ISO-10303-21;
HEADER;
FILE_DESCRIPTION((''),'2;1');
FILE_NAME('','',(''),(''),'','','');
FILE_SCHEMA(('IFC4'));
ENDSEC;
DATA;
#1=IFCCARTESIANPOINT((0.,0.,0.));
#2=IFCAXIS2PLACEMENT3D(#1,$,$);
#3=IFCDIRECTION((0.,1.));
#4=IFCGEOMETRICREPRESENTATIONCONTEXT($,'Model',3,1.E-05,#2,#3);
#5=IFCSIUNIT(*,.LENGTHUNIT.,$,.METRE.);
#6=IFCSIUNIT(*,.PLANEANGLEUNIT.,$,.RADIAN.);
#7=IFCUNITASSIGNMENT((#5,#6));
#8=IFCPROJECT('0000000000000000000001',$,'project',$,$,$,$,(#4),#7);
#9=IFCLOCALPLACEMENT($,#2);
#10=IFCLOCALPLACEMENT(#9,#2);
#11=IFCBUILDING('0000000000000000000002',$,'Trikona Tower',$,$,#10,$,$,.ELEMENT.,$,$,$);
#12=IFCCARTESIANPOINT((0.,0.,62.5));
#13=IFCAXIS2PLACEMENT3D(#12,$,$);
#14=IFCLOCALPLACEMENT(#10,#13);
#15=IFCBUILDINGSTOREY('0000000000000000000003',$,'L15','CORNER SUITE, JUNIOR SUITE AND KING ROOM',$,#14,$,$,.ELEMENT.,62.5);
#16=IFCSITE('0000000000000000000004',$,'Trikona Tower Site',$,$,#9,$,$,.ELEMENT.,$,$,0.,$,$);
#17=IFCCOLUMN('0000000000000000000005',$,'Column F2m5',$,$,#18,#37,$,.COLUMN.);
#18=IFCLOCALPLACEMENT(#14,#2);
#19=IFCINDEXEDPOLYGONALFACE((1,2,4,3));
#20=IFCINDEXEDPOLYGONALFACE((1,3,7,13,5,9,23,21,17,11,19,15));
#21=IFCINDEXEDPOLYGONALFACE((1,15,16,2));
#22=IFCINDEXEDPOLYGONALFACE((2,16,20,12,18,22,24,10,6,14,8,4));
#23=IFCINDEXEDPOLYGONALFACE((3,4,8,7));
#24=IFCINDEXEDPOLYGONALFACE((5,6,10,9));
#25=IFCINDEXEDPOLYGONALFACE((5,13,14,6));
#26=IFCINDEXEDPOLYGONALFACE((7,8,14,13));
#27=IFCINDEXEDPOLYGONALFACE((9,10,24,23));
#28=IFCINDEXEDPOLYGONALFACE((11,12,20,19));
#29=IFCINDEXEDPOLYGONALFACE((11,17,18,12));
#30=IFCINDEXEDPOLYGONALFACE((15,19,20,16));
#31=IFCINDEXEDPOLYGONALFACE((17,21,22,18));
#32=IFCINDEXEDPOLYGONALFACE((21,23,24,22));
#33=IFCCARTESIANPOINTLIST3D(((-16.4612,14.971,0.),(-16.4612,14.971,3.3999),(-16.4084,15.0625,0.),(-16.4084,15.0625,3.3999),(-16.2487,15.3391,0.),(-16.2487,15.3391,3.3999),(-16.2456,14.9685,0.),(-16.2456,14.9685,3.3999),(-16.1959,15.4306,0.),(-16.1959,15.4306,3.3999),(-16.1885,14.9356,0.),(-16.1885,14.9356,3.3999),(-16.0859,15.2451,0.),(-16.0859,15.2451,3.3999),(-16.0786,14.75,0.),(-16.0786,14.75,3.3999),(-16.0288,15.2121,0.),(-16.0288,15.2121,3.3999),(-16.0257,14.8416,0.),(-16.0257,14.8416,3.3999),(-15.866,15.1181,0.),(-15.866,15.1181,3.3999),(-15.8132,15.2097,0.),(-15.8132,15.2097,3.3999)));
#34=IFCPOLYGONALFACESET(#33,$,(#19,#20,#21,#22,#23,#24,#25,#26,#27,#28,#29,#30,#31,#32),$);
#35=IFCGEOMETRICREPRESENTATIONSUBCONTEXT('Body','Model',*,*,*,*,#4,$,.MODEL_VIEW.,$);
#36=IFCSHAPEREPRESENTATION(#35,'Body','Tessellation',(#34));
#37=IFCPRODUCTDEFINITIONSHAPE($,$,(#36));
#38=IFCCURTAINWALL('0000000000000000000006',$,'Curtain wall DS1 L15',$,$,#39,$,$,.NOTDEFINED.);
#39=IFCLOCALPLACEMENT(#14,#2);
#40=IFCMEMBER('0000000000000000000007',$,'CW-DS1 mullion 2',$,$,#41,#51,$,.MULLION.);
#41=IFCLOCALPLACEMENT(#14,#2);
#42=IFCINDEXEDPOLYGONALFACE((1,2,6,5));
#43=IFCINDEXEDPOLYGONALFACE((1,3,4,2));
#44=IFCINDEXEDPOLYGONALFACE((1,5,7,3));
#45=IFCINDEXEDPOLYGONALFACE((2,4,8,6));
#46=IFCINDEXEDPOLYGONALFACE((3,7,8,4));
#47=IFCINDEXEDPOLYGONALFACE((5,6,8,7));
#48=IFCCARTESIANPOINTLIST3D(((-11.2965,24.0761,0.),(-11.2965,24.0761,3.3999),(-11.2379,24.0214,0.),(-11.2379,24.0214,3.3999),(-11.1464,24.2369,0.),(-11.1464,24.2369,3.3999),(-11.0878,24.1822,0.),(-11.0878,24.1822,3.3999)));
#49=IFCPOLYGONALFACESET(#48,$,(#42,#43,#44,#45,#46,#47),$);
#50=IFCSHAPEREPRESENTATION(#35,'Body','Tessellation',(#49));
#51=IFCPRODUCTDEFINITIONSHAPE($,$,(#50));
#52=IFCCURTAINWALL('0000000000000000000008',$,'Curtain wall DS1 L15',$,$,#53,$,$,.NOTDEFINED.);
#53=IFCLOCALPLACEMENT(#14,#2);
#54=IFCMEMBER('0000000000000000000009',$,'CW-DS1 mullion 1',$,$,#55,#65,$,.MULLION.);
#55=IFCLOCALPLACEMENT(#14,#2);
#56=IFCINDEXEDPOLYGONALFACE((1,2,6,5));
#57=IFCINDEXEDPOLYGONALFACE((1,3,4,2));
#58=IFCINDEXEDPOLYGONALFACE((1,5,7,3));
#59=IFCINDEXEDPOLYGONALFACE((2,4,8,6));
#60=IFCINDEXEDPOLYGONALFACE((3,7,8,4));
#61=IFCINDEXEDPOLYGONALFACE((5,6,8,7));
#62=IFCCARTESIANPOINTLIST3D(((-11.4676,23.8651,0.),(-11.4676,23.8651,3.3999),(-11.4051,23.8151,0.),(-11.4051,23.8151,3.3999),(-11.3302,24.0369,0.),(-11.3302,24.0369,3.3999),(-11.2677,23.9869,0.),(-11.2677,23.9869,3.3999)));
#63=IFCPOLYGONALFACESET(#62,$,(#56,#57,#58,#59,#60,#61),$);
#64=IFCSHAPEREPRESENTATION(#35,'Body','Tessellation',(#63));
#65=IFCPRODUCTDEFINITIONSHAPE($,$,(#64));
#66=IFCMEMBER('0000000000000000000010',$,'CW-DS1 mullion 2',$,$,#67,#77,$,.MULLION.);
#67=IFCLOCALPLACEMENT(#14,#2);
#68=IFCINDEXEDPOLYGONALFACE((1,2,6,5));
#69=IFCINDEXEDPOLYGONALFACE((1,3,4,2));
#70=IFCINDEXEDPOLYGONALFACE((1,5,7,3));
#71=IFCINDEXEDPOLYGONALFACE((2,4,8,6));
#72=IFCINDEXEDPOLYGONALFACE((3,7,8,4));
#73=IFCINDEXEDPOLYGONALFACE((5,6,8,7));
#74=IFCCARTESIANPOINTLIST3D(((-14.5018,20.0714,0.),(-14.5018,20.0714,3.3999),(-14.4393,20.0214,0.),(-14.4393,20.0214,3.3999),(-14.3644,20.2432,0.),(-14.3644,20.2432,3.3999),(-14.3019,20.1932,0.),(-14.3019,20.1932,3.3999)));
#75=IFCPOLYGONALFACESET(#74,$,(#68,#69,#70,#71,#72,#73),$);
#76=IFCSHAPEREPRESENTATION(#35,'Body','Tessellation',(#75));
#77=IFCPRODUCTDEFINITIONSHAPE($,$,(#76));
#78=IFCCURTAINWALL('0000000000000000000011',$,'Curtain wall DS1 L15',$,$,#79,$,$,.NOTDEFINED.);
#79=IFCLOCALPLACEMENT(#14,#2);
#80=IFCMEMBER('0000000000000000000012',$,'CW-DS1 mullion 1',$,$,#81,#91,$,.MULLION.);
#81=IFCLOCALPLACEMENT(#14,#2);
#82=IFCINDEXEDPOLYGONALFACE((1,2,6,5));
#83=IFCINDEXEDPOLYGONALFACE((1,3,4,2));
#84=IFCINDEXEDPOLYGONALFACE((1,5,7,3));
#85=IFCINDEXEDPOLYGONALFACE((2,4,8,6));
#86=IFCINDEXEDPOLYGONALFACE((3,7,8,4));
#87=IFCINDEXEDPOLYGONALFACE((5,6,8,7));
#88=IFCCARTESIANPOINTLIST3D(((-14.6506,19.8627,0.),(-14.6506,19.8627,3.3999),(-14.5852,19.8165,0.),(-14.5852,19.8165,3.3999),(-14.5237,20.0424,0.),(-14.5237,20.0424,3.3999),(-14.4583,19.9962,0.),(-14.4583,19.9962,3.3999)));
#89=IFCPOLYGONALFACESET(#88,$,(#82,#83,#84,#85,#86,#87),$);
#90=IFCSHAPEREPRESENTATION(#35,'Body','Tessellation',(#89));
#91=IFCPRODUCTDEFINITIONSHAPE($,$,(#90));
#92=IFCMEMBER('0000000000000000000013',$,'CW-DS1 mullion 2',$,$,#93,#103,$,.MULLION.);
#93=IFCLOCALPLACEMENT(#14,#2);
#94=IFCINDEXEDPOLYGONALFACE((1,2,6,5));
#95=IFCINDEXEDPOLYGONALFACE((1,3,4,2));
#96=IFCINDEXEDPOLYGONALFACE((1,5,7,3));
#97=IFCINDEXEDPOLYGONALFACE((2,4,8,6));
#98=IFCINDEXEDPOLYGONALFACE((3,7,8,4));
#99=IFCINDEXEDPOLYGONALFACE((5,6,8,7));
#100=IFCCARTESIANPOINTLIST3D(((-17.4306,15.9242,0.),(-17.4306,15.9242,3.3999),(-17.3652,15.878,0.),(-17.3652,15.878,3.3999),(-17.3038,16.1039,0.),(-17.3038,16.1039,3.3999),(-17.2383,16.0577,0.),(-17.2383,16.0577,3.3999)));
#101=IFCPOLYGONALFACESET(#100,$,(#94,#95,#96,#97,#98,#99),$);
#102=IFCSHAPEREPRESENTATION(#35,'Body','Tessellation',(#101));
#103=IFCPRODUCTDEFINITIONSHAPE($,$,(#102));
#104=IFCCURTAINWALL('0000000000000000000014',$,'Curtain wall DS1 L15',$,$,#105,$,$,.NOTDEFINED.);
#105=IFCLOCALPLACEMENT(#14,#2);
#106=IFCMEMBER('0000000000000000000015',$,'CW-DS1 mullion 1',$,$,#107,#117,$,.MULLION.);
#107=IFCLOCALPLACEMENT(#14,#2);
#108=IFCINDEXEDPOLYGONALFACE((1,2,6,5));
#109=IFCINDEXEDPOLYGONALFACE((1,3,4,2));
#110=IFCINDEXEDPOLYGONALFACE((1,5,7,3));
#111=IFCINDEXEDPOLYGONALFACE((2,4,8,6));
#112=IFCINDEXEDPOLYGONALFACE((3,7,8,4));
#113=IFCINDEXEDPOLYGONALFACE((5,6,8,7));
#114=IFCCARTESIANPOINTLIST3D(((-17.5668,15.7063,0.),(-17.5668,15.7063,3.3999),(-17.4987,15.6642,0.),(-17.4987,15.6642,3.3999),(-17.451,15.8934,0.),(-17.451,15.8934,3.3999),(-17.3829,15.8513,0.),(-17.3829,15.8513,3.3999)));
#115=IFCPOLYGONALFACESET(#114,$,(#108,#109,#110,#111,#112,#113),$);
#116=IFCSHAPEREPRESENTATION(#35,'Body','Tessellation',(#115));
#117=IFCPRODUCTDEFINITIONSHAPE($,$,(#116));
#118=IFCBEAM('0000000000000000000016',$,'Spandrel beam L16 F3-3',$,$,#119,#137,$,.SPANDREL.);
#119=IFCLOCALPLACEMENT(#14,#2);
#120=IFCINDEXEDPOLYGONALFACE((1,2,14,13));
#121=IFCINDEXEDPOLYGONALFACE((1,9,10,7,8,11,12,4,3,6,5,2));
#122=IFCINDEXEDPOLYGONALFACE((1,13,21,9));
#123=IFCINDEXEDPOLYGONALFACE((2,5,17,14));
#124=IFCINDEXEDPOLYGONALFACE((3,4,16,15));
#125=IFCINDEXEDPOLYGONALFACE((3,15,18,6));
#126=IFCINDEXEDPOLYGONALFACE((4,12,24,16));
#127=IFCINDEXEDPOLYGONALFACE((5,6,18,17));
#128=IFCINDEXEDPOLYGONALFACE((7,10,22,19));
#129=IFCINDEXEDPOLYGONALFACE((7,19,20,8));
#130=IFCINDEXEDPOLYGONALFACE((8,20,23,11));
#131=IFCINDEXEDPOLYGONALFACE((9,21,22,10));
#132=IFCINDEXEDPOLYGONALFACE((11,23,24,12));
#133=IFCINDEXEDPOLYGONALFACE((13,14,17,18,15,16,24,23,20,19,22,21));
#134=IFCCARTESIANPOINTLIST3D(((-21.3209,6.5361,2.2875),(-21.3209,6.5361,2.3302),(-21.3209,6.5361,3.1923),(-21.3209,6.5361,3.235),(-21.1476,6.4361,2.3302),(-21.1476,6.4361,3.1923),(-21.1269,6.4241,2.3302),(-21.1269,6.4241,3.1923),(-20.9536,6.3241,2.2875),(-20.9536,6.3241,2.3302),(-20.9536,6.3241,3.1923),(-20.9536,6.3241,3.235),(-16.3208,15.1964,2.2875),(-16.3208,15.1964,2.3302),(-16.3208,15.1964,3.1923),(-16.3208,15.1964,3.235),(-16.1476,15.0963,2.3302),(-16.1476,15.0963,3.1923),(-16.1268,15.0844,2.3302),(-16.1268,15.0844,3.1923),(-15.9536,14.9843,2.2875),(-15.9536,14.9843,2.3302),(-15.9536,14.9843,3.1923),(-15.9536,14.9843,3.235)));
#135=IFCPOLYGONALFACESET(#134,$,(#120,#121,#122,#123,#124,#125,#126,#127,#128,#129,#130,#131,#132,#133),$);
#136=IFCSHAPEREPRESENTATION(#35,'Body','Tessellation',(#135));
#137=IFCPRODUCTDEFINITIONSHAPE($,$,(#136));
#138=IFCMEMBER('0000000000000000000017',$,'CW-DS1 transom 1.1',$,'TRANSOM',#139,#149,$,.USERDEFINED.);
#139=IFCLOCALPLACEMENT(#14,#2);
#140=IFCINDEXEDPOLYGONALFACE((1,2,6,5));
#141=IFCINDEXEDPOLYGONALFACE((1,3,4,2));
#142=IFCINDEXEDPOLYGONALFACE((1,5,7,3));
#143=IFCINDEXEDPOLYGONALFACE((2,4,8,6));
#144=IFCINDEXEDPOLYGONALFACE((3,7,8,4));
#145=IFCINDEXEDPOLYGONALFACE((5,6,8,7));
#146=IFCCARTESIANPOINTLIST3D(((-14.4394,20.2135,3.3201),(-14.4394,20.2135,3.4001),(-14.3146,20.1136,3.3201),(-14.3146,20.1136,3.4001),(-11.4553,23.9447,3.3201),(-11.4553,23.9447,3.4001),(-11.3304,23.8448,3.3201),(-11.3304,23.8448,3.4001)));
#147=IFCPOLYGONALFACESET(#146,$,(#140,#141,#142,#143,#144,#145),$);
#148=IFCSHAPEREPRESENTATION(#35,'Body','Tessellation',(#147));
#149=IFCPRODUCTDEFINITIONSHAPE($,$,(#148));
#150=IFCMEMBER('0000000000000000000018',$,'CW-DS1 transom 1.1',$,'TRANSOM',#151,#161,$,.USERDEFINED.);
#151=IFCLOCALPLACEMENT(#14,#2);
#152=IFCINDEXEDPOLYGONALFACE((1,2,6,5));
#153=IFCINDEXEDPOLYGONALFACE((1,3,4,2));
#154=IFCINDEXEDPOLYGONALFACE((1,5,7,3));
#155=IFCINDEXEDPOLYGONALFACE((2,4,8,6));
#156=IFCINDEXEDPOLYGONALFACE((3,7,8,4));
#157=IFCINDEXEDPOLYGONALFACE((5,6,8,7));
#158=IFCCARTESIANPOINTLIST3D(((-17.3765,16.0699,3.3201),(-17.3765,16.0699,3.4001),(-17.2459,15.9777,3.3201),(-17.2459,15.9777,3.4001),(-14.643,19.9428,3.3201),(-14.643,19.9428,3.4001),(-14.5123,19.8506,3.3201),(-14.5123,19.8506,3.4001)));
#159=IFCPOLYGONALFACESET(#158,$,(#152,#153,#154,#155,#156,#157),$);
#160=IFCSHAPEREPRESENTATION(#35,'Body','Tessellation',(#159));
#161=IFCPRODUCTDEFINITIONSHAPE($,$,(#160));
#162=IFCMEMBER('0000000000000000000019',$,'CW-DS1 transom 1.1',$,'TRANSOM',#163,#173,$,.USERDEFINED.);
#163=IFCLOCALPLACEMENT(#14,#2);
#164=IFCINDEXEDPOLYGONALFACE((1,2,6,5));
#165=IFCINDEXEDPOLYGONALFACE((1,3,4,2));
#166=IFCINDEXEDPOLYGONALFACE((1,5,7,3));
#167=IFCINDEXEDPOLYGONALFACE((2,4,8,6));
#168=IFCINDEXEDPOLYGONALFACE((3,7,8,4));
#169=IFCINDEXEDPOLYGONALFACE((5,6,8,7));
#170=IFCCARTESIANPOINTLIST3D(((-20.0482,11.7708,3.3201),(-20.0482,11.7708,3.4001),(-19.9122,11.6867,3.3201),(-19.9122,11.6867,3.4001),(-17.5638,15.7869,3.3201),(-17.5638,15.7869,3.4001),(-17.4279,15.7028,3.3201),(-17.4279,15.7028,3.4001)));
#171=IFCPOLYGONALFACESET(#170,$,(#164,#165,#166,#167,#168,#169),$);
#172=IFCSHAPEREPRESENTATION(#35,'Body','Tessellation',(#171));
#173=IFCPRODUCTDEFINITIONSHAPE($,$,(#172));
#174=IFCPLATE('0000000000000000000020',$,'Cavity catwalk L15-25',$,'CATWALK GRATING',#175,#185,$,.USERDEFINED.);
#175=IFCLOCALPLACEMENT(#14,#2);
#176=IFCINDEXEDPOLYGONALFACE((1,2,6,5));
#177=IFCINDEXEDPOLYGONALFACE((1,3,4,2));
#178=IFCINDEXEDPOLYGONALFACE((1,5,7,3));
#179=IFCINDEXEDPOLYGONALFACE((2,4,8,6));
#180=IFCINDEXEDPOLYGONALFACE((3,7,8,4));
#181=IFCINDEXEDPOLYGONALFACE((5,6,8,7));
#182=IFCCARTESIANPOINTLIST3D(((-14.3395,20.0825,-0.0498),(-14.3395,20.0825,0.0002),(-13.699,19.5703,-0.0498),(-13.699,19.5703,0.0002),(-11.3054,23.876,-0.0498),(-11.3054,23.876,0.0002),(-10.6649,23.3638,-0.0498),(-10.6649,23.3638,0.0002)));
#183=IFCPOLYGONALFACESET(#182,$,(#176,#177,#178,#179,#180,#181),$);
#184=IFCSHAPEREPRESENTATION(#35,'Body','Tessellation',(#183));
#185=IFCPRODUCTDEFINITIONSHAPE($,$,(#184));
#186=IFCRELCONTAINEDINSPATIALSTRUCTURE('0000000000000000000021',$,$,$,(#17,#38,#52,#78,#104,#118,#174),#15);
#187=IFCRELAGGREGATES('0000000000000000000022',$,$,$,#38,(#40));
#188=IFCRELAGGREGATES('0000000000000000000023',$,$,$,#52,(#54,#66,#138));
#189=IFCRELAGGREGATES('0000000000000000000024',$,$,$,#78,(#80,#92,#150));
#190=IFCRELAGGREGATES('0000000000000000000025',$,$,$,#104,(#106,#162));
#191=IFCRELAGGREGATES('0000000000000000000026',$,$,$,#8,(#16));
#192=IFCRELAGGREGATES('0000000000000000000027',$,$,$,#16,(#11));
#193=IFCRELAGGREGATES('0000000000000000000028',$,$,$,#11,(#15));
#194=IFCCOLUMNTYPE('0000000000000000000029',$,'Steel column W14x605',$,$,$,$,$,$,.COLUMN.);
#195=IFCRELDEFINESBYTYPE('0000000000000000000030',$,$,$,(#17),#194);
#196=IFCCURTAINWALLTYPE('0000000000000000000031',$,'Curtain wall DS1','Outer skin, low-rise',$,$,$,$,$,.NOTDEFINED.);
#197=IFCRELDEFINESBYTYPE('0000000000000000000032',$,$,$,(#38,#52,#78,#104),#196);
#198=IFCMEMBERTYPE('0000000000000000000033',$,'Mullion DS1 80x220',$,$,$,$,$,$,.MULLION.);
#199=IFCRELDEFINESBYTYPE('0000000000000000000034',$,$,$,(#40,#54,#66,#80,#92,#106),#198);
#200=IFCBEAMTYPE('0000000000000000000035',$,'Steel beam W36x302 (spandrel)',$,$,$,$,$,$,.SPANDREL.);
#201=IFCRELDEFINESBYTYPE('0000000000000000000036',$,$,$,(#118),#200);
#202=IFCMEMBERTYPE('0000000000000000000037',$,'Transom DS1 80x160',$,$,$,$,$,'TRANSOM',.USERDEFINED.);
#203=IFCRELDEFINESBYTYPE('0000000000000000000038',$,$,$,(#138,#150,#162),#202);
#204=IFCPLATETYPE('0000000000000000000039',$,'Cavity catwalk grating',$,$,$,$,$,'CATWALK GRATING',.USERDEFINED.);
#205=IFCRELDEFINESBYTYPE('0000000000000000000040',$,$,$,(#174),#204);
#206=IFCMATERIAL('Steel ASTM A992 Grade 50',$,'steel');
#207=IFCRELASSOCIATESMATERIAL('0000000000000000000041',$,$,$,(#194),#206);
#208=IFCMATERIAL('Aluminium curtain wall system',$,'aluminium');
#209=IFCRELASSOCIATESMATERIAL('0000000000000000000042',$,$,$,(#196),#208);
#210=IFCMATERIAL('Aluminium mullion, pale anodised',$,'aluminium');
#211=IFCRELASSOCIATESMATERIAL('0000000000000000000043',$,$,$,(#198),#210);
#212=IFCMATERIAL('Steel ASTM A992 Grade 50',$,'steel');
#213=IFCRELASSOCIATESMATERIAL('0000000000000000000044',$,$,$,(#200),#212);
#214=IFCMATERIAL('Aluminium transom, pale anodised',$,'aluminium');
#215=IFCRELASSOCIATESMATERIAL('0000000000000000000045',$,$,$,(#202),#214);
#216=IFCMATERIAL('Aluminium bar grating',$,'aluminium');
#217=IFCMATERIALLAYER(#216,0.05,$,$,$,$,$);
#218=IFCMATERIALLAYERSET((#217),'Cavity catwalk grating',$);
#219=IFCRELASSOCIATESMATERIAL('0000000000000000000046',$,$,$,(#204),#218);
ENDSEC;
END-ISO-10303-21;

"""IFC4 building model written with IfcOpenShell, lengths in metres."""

from ifc_helpers import new_model, si_unit, direction, frame, origin, origin_2d, place, context, subcontext, project, spatial, rectangle, i_section, extrude, material, layer, layer_set, material_profile, profile_set, type_object, element, aggregate, save


model = new_model("IFC4")

# Units and contexts
model_context = context("Model", 3, precision=1e-05, world=origin(), true_north=direction((0.0, 1.0)))
body_context = subcontext(model_context, "Body", "Model", "MODEL_VIEW")
ifc_project = project(units=[si_unit("LENGTHUNIT", "METRE"), si_unit("PLANEANGLEUNIT", "RADIAN")], contexts=[model_context])

# Site, building, storey
site_placement = place(None, origin())
site = spatial("IfcSite", under=ifc_project, at=site_placement, Name="Trikona Tower Site", CompositionType="ELEMENT", RefElevation=0.0)
building_placement = place(site_placement, origin())
building = spatial("IfcBuilding", under=site, at=building_placement, Name="Trikona Tower", CompositionType="ELEMENT")
storey_placement = place(building_placement, frame((0.0, 0.0, 62.5)))
storey = spatial("IfcBuildingStorey", under=building, at=storey_placement, Name="L15", Description="CORNER SUITE, JUNIOR SUITE AND KING ROOM", CompositionType="ELEMENT", Elevation=62.5)

# Column
ifc_material_1 = material(Name="Steel ASTM A992 Grade 50", Category="steel")
ifc_material_profile_1 = material_profile(ifc_material_1, i_section(OverallWidth=0.4419, OverallDepth=0.5308, WebThickness=0.0659, FlangeThickness=0.1057, at=origin_2d()), Name="W14X605")
ifc_profile_set_1 = profile_set([ifc_material_profile_1], Name="Steel ASTM A992 Grade 50")
column_type = type_object("IfcColumnType", Name="Steel column W14x605", PredefinedType="COLUMN", material=ifc_profile_set_1)
column_placement = place(storey_placement, frame((-16.1372, 15.0903, 0.0), z_axis=(0.0, 0.0, 1.0), x_axis=(-0.866025, 0.5, 0.0)))
element("IfcColumn", 1, at=column_placement, inside=storey, type_object=column_type, Name="Column F2m5", PredefinedType="COLUMN", context=body_context, shape_type="SweptSolid", body=[
    extrude(i_section(OverallWidth=0.4419, OverallDepth=0.5308, WebThickness=0.0659, FlangeThickness=0.1057, at=origin_2d()), origin(), (0.0, 0.0, 1.0), 3.3999),
])

# Curtain wall, member
ifc_material_2 = material(Name="Aluminium curtain wall system", Category="aluminium")
curtain_wall_type = type_object("IfcCurtainWallType", Name="Curtain wall DS1", Description="Outer skin, low-rise", PredefinedType="NOTDEFINED", material=ifc_material_2)
curtain_wall_1_placement = place(storey_placement, origin())
curtain_wall_1 = element("IfcCurtainWall", 2, at=curtain_wall_1_placement, inside=storey, type_object=curtain_wall_type, Name="Curtain wall DS1 L15", PredefinedType="NOTDEFINED")
ifc_material_3 = material(Name="Aluminium mullion, pale anodised", Category="aluminium")
ifc_material_profile_2 = material_profile(ifc_material_3, rectangle(XDim=0.0801, YDim=0.22, at=origin_2d()), Name="MUL-DS1")
ifc_profile_set_2 = profile_set([ifc_material_profile_2], Name="Aluminium mullion, pale anodised")
member_type_1 = type_object("IfcMemberType", Name="Mullion DS1 80x220", PredefinedType="MULLION", material=ifc_profile_set_2)
member_1_placement = place(storey_placement, frame((-11.1921, 24.1292, 0.0), z_axis=(0.0, 0.0, 1.0), x_axis=(0.731077, -0.682295, 0.0)))
member_1 = element("IfcMember", 3, at=member_1_placement, type_object=member_type_1, Name="CW-DS1 mullion 2", PredefinedType="MULLION", context=body_context, shape_type="SweptSolid", body=[
    extrude(rectangle(XDim=0.0801, YDim=0.22, at=origin_2d()), origin(), (0.0, 0.0, 1.0), 3.3999),
])
aggregate(curtain_wall_1, [member_1])

# Curtain walls, members
curtain_wall_2_placement = place(storey_placement, origin())
curtain_wall_2 = element("IfcCurtainWall", 4, at=curtain_wall_2_placement, inside=storey, type_object=curtain_wall_type, Name="Curtain wall DS1 L15", PredefinedType="NOTDEFINED")
member_2_placement = place(storey_placement, frame((-11.3677, 23.926, 0.0), z_axis=(0.0, 0.0, 1.0), x_axis=(0.780938, -0.624609, 0.0)))
member_2 = element("IfcMember", 5, at=member_2_placement, type_object=member_type_1, Name="CW-DS1 mullion 1", PredefinedType="MULLION", context=body_context, shape_type="SweptSolid", body=[
    extrude(rectangle(XDim=0.0801, YDim=0.22, at=origin_2d()), origin(), (0.0, 0.0, 1.0), 3.3999),
])
member_3_placement = place(storey_placement, frame((-14.4019, 20.1323, 0.0), z_axis=(0.0, 0.0, 1.0), x_axis=(0.780938, -0.624609, 0.0)))
member_3 = element("IfcMember", 6, at=member_3_placement, type_object=member_type_1, Name="CW-DS1 mullion 2", PredefinedType="MULLION", context=body_context, shape_type="SweptSolid", body=[
    extrude(rectangle(XDim=0.0801, YDim=0.22, at=origin_2d()), origin(), (0.0, 0.0, 1.0), 3.3999),
])
curtain_wall_3_placement = place(storey_placement, origin())
curtain_wall_3 = element("IfcCurtainWall", 7, at=curtain_wall_3_placement, inside=storey, type_object=curtain_wall_type, Name="Curtain wall DS1 L15", PredefinedType="NOTDEFINED")
member_4_placement = place(storey_placement, frame((-14.5544, 19.9294, 0.0), z_axis=(0.0, 0.0, 1.0), x_axis=(0.816985, -0.576658, 0.0)))
member_4 = element("IfcMember", 8, at=member_4_placement, type_object=member_type_1, Name="CW-DS1 mullion 1", PredefinedType="MULLION", context=body_context, shape_type="SweptSolid", body=[
    extrude(rectangle(XDim=0.0801, YDim=0.22, at=origin_2d()), origin(), (0.0, 0.0, 1.0), 3.3999),
])
member_5_placement = place(storey_placement, frame((-17.3345, 15.991, 0.0), z_axis=(0.0, 0.0, 1.0), x_axis=(0.816985, -0.576658, 0.0)))
member_5 = element("IfcMember", 9, at=member_5_placement, type_object=member_type_1, Name="CW-DS1 mullion 2", PredefinedType="MULLION", context=body_context, shape_type="SweptSolid", body=[
    extrude(rectangle(XDim=0.0801, YDim=0.22, at=origin_2d()), origin(), (0.0, 0.0, 1.0), 3.3999),
])

# Curtain wall, member
curtain_wall_4_placement = place(storey_placement, origin())
curtain_wall_4 = element("IfcCurtainWall", 10, at=curtain_wall_4_placement, inside=storey, type_object=curtain_wall_type, Name="Curtain wall DS1 L15", PredefinedType="NOTDEFINED")
member_6_placement = place(storey_placement, frame((-17.4749, 15.7788, 0.0), z_axis=(0.0, 0.0, 1.0), x_axis=(0.85041, -0.52612, 0.0)))
member_6 = element("IfcMember", 11, at=member_6_placement, type_object=member_type_1, Name="CW-DS1 mullion 1", PredefinedType="MULLION", context=body_context, shape_type="SweptSolid", body=[
    extrude(rectangle(XDim=0.0801, YDim=0.22, at=origin_2d()), origin(), (0.0, 0.0, 1.0), 3.3999),
])

# Beam
ifc_material_4 = material(Name="Steel ASTM A992 Grade 50", Category="steel")
ifc_material_profile_3 = material_profile(ifc_material_4, i_section(OverallWidth=0.4241, OverallDepth=0.9475, WebThickness=0.0239, FlangeThickness=0.0427, at=origin_2d()), Name="W36X302")
ifc_profile_set_3 = profile_set([ifc_material_profile_3], Name="Steel ASTM A992 Grade 50")
beam_type = type_object("IfcBeamType", Name="Steel beam W36x302 (spandrel)", PredefinedType="SPANDREL", material=ifc_profile_set_3)
beam_placement = place(storey_placement, frame((-16.1372, 15.0903, 2.7612), z_axis=(-0.500004, -0.866023, 0.0), x_axis=(0.866023, -0.500004, 0.0)))
element("IfcBeam", 12, at=beam_placement, inside=storey, type_object=beam_type, Name="Spandrel beam L16 F3-3", PredefinedType="SPANDREL", context=body_context, shape_type="SweptSolid", body=[
    extrude(i_section(OverallWidth=0.4241, OverallDepth=0.9475, WebThickness=0.0239, FlangeThickness=0.0427, at=origin_2d()), origin(), (0.0, 0.0, 1.0), 10.0),
])

# Members
ifc_material_5 = material(Name="Aluminium transom, pale anodised", Category="aluminium")
ifc_material_profile_4 = material_profile(ifc_material_5, rectangle(XDim=0.1599, YDim=0.0801, at=origin_2d()), Name="TRN-DS1")
ifc_profile_set_4 = profile_set([ifc_material_profile_4], Name="Aluminium transom, pale anodised")
member_type_2 = type_object("IfcMemberType", Name="Transom DS1 80x160", ElementType="TRANSOM", PredefinedType="USERDEFINED", material=ifc_profile_set_4)
member_7_placement = place(storey_placement, frame((-11.3928, 23.8948, 3.3601), z_axis=(-0.624589, -0.780954, 0.0), x_axis=(0.780954, -0.624589, 0.0)))
member_7 = element("IfcMember", 13, at=member_7_placement, type_object=member_type_2, Name="CW-DS1 transom 1.1", ObjectType="TRANSOM", PredefinedType="USERDEFINED", context=body_context, shape_type="SweptSolid", body=[
    extrude(rectangle(XDim=0.1599, YDim=0.0801, at=origin_2d()), origin(), (0.0, 0.0, 1.0), 4.7778),
])
member_8_placement = place(storey_placement, frame((-14.5776, 19.8967, 3.3601), z_axis=(-0.576645, -0.816995, 0.0), x_axis=(0.816995, -0.576645, 0.0)))
member_8 = element("IfcMember", 14, at=member_8_placement, type_object=member_type_2, Name="CW-DS1 transom 1.1", ObjectType="TRANSOM", PredefinedType="USERDEFINED", context=body_context, shape_type="SweptSolid", body=[
    extrude(rectangle(XDim=0.1599, YDim=0.0801, at=origin_2d()), origin(), (0.0, 0.0, 1.0), 4.7405),
])
member_9_placement = place(storey_placement, frame((-17.4958, 15.7449, 3.3601), z_axis=(-0.526081, -0.850435, 0.0), x_axis=(0.850435, -0.526081, 0.0)))
member_9 = element("IfcMember", 15, at=member_9_placement, type_object=member_type_2, Name="CW-DS1 transom 1.1", ObjectType="TRANSOM", PredefinedType="USERDEFINED", context=body_context, shape_type="SweptSolid", body=[
    extrude(rectangle(XDim=0.1599, YDim=0.0801, at=origin_2d()), origin(), (0.0, 0.0, 1.0), 4.7224),
])

# Plate
ifc_material_6 = material(Name="Aluminium bar grating", Category="aluminium")
ifc_layer_1 = layer(ifc_material_6, 0.05)
ifc_layer_set_1 = layer_set([ifc_layer_1], Name="Cavity catwalk grating")
plate_type_1 = type_object("IfcPlateType", Name="Cavity catwalk grating", ElementType="CATWALK GRATING", PredefinedType="USERDEFINED", material=ifc_layer_set_1)
plate_1_placement = place(storey_placement, frame((-12.5022, 21.7231, -0.0498), z_axis=(0.0, 0.0, 1.0), x_axis=(-0.624604, -0.780942, 0.0)))
element("IfcPlate", 16, at=plate_1_placement, inside=storey, type_object=plate_type_1, Name="Cavity catwalk L15-25", ObjectType="CATWALK GRATING", PredefinedType="USERDEFINED", context=body_context, shape_type="SweptSolid", body=[
    extrude(rectangle(XDim=4.8577, YDim=0.8201, at=origin_2d()), origin(), (0.0, 0.0, 1.0), 0.05),
])

aggregate(curtain_wall_2, [member_2, member_3, member_7])
aggregate(curtain_wall_3, [member_4, member_5, member_8])
aggregate(curtain_wall_4, [member_6, member_9])

save(model, "model.ifc")
